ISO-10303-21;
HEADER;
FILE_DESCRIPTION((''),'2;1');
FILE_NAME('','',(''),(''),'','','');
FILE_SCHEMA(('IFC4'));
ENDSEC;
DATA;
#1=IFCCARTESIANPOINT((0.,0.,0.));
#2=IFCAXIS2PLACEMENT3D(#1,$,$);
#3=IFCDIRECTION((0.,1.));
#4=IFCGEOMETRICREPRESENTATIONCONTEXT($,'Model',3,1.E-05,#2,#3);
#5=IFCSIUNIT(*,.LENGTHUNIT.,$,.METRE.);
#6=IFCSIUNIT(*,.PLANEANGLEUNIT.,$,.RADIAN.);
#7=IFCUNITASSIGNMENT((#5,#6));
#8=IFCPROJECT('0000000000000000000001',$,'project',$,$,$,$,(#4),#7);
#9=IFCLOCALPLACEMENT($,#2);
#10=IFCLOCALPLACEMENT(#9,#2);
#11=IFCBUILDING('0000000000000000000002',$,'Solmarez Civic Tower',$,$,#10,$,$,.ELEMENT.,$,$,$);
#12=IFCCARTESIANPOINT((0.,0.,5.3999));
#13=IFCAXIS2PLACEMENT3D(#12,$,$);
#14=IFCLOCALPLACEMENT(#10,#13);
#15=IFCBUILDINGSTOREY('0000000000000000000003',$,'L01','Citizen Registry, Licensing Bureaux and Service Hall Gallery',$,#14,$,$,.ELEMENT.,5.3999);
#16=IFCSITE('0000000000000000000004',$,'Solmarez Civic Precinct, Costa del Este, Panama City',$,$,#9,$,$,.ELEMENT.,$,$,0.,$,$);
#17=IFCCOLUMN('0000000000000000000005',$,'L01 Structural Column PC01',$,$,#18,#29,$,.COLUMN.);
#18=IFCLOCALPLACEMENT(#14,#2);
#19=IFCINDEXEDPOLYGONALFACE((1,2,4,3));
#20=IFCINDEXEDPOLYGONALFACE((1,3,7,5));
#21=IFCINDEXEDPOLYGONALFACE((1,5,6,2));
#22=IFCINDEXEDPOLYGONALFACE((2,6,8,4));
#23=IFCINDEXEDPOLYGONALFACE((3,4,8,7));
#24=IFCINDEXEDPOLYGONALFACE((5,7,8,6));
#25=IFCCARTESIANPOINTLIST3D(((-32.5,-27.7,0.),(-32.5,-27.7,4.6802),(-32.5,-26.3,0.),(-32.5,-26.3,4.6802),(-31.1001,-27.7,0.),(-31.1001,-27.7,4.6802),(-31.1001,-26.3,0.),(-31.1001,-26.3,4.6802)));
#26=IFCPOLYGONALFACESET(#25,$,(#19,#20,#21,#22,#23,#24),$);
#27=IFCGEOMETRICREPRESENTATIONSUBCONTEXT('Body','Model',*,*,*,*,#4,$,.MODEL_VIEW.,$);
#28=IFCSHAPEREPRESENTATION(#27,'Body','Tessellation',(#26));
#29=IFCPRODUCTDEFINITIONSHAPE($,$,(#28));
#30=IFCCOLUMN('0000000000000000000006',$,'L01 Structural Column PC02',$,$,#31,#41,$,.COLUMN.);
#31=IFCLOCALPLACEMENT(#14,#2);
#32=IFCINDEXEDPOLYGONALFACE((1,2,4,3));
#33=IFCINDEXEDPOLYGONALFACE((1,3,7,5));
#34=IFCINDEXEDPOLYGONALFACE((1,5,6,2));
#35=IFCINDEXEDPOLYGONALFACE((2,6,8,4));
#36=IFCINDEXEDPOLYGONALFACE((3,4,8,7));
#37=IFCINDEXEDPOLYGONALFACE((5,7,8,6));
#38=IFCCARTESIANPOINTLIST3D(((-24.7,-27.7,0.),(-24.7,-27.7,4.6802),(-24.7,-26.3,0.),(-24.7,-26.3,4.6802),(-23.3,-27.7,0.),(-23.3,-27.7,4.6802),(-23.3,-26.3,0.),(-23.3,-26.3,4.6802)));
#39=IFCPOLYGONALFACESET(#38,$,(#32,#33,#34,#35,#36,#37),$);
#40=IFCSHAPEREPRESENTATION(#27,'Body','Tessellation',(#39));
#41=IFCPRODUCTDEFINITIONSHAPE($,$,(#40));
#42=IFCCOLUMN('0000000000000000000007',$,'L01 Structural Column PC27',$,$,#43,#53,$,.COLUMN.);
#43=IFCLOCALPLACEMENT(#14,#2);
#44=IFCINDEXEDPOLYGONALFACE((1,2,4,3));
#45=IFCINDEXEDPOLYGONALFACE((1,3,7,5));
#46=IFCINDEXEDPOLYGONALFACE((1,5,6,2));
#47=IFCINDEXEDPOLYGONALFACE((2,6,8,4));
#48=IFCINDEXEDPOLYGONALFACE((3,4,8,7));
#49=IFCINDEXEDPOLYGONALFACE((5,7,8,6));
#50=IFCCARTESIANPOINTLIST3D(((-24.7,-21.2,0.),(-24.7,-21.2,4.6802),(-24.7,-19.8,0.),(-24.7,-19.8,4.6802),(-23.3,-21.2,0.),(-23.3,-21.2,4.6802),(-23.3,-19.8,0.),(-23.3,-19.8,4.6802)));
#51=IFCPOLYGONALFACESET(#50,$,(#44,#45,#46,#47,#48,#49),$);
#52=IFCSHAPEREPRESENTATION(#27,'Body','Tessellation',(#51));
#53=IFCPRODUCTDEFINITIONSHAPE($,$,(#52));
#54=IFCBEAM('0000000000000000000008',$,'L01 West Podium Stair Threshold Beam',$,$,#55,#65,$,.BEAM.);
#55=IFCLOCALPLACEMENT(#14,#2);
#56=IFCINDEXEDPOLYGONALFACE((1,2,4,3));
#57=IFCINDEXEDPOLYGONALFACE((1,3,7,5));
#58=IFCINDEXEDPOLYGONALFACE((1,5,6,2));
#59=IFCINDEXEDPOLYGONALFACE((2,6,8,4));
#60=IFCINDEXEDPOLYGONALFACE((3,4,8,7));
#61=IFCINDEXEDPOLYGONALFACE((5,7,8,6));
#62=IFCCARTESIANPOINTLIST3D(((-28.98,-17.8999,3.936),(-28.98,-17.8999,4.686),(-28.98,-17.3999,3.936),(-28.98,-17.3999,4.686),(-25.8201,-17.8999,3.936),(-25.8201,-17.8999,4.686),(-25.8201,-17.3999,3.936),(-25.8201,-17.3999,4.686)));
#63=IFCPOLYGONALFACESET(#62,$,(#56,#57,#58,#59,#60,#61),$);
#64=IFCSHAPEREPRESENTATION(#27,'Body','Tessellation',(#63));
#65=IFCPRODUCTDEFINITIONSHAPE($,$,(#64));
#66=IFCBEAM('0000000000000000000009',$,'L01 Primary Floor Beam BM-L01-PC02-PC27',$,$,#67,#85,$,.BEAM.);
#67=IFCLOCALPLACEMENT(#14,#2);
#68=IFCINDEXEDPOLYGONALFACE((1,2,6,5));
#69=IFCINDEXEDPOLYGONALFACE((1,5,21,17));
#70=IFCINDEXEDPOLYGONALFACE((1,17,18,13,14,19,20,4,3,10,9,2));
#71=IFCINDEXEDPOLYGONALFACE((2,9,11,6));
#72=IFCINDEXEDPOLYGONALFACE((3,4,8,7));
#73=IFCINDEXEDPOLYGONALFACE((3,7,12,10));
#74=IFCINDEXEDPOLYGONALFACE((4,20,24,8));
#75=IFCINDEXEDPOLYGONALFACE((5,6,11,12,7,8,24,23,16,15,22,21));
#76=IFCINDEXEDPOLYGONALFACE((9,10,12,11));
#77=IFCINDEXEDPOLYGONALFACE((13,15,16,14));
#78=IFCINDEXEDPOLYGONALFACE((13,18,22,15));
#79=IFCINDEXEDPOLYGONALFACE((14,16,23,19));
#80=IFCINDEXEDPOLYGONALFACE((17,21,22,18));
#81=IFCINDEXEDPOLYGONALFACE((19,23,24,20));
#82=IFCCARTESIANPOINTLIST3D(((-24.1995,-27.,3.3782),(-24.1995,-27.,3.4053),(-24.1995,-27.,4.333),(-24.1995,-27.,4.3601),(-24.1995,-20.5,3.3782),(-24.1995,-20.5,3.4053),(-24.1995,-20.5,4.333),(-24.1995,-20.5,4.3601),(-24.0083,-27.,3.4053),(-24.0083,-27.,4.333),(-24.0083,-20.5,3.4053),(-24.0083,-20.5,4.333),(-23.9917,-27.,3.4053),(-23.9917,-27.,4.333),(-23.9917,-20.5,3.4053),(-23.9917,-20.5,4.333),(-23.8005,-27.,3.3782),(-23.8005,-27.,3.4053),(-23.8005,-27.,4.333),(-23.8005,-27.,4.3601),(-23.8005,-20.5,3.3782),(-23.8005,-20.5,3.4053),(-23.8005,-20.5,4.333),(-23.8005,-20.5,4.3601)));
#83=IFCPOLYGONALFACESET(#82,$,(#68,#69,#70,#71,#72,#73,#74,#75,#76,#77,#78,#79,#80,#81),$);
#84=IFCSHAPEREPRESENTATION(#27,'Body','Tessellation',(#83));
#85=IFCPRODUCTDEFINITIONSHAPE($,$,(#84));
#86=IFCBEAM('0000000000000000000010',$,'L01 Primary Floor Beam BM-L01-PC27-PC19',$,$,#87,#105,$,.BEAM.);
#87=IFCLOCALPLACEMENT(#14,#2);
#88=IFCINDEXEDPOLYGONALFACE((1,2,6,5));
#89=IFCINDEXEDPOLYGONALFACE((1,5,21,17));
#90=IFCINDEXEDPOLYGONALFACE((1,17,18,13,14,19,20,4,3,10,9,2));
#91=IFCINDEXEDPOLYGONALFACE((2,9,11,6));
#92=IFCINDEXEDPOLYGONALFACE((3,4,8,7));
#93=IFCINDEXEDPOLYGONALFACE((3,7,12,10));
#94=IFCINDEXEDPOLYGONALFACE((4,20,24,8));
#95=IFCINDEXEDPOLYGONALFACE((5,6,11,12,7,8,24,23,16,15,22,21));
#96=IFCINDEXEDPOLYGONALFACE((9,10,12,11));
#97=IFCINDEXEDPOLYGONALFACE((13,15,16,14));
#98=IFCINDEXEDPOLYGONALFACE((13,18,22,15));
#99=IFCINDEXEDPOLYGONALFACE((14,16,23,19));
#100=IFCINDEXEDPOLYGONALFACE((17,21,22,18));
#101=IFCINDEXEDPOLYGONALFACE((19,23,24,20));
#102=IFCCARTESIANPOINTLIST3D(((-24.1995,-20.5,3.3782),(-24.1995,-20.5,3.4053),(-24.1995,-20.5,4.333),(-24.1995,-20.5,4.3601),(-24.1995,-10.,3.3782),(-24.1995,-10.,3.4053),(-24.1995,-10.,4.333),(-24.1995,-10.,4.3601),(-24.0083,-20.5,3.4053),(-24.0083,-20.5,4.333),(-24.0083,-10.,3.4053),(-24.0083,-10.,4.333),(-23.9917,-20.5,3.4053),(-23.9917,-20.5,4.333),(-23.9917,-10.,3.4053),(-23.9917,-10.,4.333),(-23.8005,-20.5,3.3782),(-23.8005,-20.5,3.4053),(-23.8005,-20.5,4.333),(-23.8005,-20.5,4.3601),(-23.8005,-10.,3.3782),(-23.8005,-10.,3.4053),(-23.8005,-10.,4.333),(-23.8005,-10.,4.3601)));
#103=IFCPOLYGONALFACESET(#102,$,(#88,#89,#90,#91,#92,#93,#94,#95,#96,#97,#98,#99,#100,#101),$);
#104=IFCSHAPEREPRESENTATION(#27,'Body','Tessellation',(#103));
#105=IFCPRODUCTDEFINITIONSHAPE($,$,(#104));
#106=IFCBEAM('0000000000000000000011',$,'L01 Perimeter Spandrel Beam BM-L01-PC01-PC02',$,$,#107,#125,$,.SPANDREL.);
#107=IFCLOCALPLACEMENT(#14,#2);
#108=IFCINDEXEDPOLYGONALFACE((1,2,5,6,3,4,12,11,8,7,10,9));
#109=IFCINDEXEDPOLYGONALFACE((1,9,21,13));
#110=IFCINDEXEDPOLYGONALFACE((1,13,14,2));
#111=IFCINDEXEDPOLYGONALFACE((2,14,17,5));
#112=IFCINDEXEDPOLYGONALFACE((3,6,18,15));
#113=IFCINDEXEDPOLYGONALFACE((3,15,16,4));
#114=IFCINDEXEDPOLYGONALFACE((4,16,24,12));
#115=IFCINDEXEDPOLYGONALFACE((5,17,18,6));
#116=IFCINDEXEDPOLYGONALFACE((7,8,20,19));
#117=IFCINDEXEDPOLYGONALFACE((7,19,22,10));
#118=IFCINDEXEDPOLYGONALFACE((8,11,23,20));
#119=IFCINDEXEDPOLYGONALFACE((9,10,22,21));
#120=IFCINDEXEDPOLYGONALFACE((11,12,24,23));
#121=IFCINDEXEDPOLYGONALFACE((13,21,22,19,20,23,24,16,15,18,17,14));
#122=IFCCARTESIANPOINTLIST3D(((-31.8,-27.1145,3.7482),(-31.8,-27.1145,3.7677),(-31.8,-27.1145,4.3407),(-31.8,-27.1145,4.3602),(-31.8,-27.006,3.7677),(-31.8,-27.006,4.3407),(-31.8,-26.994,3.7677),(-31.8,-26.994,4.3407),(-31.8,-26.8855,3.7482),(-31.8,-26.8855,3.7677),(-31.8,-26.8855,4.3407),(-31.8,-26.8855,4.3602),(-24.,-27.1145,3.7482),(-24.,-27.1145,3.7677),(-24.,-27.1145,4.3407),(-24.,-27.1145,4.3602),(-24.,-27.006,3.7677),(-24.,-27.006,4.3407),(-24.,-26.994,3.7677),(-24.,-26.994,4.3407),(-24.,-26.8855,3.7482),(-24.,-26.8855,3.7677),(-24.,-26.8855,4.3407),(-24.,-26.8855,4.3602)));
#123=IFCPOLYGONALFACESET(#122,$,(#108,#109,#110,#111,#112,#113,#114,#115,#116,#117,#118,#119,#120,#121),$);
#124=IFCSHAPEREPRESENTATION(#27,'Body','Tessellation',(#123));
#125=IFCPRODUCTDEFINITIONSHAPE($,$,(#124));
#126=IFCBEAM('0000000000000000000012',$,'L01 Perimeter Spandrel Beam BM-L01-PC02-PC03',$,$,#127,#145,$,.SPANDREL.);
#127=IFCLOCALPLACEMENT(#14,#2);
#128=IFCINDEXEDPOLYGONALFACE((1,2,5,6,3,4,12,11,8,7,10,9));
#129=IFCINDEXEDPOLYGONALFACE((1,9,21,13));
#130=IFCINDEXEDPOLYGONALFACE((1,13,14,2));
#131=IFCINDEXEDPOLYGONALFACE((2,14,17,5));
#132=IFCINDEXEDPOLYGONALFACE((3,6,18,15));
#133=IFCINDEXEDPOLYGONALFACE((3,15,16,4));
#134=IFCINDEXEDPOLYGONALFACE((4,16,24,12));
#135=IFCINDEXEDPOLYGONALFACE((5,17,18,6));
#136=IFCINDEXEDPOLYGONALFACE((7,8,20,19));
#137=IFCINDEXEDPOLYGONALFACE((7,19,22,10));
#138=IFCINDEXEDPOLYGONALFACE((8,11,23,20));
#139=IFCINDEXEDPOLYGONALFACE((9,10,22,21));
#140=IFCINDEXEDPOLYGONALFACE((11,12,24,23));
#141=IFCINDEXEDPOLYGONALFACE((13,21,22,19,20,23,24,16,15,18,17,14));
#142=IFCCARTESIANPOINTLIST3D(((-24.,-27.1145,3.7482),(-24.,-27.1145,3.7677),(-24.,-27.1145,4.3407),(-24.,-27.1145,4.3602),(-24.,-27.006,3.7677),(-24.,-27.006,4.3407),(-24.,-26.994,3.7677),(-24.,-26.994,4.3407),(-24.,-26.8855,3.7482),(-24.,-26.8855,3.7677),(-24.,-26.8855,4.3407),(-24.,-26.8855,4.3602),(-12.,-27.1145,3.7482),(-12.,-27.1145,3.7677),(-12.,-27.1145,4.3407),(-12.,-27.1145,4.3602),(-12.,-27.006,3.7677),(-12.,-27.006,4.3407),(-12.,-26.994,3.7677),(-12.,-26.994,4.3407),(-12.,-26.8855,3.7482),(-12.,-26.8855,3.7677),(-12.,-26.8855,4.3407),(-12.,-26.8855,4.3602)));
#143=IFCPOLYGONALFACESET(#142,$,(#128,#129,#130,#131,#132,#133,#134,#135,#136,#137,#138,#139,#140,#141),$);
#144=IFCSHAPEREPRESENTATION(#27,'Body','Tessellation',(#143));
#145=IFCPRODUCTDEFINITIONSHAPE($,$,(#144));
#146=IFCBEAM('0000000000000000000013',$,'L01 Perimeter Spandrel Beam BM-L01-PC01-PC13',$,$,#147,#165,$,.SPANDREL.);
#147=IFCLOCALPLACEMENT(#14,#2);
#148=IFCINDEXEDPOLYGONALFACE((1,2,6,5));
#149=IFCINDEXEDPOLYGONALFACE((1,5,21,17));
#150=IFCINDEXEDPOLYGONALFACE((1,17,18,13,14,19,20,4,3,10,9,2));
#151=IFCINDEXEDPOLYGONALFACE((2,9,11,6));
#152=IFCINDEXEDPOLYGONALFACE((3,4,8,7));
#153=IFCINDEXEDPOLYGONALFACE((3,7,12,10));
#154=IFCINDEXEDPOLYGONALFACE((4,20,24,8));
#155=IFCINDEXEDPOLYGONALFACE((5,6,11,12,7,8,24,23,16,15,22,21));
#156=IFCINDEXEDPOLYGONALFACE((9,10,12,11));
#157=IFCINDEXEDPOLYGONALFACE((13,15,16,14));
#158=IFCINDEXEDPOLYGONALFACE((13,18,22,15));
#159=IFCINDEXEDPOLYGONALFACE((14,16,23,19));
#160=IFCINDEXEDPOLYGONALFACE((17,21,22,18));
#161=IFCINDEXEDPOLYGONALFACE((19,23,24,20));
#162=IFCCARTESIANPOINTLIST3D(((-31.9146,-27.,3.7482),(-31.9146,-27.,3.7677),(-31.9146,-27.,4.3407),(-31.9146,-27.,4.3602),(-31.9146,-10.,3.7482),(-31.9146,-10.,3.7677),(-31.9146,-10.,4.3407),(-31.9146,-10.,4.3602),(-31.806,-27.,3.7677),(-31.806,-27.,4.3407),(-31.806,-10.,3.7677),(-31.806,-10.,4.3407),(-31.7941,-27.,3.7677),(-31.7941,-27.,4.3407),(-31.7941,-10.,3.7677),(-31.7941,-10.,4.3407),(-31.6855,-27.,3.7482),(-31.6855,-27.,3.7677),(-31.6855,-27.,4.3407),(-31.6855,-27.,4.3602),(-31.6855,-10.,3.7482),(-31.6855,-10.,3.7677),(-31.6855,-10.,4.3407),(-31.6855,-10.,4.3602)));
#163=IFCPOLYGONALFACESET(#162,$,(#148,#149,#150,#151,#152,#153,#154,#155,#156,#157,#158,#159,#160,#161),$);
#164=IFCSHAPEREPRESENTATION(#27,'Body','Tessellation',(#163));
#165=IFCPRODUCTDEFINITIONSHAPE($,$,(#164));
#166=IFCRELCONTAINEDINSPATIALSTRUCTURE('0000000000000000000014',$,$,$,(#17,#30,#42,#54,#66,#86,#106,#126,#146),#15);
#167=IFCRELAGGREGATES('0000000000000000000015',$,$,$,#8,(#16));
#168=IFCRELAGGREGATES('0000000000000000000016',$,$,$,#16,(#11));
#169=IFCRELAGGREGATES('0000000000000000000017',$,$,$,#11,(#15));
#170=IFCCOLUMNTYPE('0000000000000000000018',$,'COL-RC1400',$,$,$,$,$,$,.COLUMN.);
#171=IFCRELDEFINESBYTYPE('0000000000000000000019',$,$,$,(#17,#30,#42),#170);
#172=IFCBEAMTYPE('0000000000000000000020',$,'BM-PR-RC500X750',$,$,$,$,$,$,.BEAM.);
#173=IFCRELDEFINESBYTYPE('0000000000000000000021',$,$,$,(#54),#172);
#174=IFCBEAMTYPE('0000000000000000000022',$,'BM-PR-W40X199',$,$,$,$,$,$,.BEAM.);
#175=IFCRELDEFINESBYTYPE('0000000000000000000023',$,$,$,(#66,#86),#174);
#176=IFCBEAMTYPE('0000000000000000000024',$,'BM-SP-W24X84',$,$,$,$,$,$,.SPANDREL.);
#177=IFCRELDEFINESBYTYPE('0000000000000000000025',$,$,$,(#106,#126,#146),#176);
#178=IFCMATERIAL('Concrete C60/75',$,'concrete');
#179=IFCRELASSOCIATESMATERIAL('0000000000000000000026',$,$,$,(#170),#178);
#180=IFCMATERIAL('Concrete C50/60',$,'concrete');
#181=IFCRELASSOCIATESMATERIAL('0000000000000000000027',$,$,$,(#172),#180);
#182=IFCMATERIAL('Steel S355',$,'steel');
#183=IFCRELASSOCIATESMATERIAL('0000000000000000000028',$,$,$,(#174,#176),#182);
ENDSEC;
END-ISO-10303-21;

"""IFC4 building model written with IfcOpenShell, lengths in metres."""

from ifc_helpers import new_model, si_unit, direction, frame, origin, origin_2d, place, context, subcontext, project, spatial, rectangle, i_section, extrude, material, material_profile, profile_set, type_object, element, save


model = new_model("IFC4")

# Units and contexts
model_context = context("Model", 3, precision=1e-05, world=origin(), true_north=direction((0.0, 1.0)))
body_context = subcontext(model_context, "Body", "Model", "MODEL_VIEW")
ifc_project = project(units=[si_unit("LENGTHUNIT", "METRE"), si_unit("PLANEANGLEUNIT", "RADIAN")], contexts=[model_context])

# Site, building, storey
site_placement = place(None, origin())
site = spatial("IfcSite", under=ifc_project, at=site_placement, Name="Solmarez Civic Precinct, Costa del Este, Panama City", CompositionType="ELEMENT", RefElevation=0.0)
building_placement = place(site_placement, origin())
building = spatial("IfcBuilding", under=site, at=building_placement, Name="Solmarez Civic Tower", CompositionType="ELEMENT")
storey_placement = place(building_placement, frame((0.0, 0.0, 5.3999)))
storey = spatial("IfcBuildingStorey", under=building, at=storey_placement, Name="L01", Description="Citizen Registry, Licensing Bureaux and Service Hall Gallery", CompositionType="ELEMENT", Elevation=5.3999)

# Columns
ifc_material_1 = material(Name="Concrete C60/75", Category="concrete")
ifc_material_profile_1 = material_profile(ifc_material_1, rectangle(XDim=1.3999, YDim=1.3999, at=origin_2d()), Name="RC1400X1400")
ifc_profile_set_1 = profile_set([ifc_material_profile_1], Name="Concrete C60/75")
column_type = type_object("IfcColumnType", Name="COL-RC1400", PredefinedType="COLUMN", material=ifc_profile_set_1)
for number, where, z_axis, x_axis, name in (
    (1, (-31.8, -27.0, 0.0), (0.0, 0.0, 1.0), (1.0, 0.0, 0.0), "L01 Structural Column PC01"),
    (2, (-24.0, -27.0, 0.0), (0.0, 0.0, 1.0), (1.0, 0.0, 0.0), "L01 Structural Column PC02"),
    (3, (-24.0, -20.5, 0.0), (0.0, 0.0, 1.0), (1.0, 0.0, 0.0), "L01 Structural Column PC27"),
):
    element("IfcColumn", number, at=place(storey_placement, frame(where, z_axis=z_axis, x_axis=x_axis)), inside=storey, type_object=column_type, Name=name, PredefinedType="COLUMN", context=body_context, shape_type="SweptSolid", body=[
        extrude(rectangle(XDim=1.3999, YDim=1.3999, at=origin_2d()), origin(), (0.0, 0.0, 1.0), 4.6802),
    ])

# Beams
ifc_material_2 = material(Name="Concrete C50/60", Category="concrete")
ifc_material_profile_2 = material_profile(ifc_material_2, rectangle(XDim=0.5, YDim=0.75, at=origin_2d()), Name="RC500X750")
ifc_profile_set_2 = profile_set([ifc_material_profile_2], Name="Concrete C50/60")
beam_type_1 = type_object("IfcBeamType", Name="BM-PR-RC500X750", PredefinedType="BEAM", material=ifc_profile_set_2)
beam_1_placement = place(storey_placement, frame((-28.98, -17.6499, 4.311), z_axis=(1.0, 0.0, 0.0), x_axis=(0.0, 1.0, 0.0)))
element("IfcBeam", 4, at=beam_1_placement, inside=storey, type_object=beam_type_1, Name="L01 West Podium Stair Threshold Beam", PredefinedType="BEAM", context=body_context, shape_type="SweptSolid", body=[
    extrude(rectangle(XDim=0.5, YDim=0.75, at=origin_2d()), origin(), (0.0, 0.0, 1.0), 3.1599),
])
ifc_material_3 = material(Name="Steel S355", Category="steel")
ifc_material_profile_3 = material_profile(ifc_material_3, i_section(OverallWidth=0.3989, OverallDepth=0.9819, WebThickness=0.0166, FlangeThickness=0.0271, at=origin_2d()), Name="W40X199")
ifc_profile_set_3 = profile_set([ifc_material_profile_3], Name="Steel S355")
beam_type_2 = type_object("IfcBeamType", Name="BM-PR-W40X199", PredefinedType="BEAM", material=ifc_profile_set_3)
beam_2_placement = place(storey_placement, frame((-24.0, -27.0, 3.8691), z_axis=(0.0, 1.0, 0.0), x_axis=(-1.0, 0.0, 0.0)))
element("IfcBeam", 5, at=beam_2_placement, inside=storey, type_object=beam_type_2, Name="L01 Primary Floor Beam BM-L01-PC02-PC27", PredefinedType="BEAM", context=body_context, shape_type="SweptSolid", body=[
    extrude(i_section(OverallWidth=0.3989, OverallDepth=0.9819, WebThickness=0.0166, FlangeThickness=0.0271, at=origin_2d()), origin(), (0.0, 0.0, 1.0), 6.5),
])
beam_3_placement = place(storey_placement, frame((-24.0, -20.5, 3.8691), z_axis=(0.0, 1.0, 0.0), x_axis=(-1.0, 0.0, 0.0)))
element("IfcBeam", 6, at=beam_3_placement, inside=storey, type_object=beam_type_2, Name="L01 Primary Floor Beam BM-L01-PC27-PC19", PredefinedType="BEAM", context=body_context, shape_type="SweptSolid", body=[
    extrude(i_section(OverallWidth=0.3989, OverallDepth=0.9819, WebThickness=0.0166, FlangeThickness=0.0271, at=origin_2d()), origin(), (0.0, 0.0, 1.0), 10.5),
])
ifc_material_profile_4 = material_profile(ifc_material_3, i_section(OverallWidth=0.229, OverallDepth=0.6121, WebThickness=0.012, FlangeThickness=0.0195, at=origin_2d()), Name="W24X84")
ifc_profile_set_4 = profile_set([ifc_material_profile_4], Name="Steel S355")
beam_type_3 = type_object("IfcBeamType", Name="BM-SP-W24X84", PredefinedType="SPANDREL", material=ifc_profile_set_4)
beam_4_placement = place(storey_placement, frame((-31.8, -27.0, 4.0542), z_axis=(1.0, 0.0, 0.0), x_axis=(0.0, 1.0, 0.0)))
element("IfcBeam", 7, at=beam_4_placement, inside=storey, type_object=beam_type_3, Name="L01 Perimeter Spandrel Beam BM-L01-PC01-PC02", PredefinedType="SPANDREL", context=body_context, shape_type="SweptSolid", body=[
    extrude(i_section(OverallWidth=0.229, OverallDepth=0.6121, WebThickness=0.012, FlangeThickness=0.0195, at=origin_2d()), origin(), (0.0, 0.0, 1.0), 7.8),
])
beam_5_placement = place(storey_placement, frame((-24.0, -27.0, 4.0542), z_axis=(1.0, 0.0, 0.0), x_axis=(0.0, 1.0, 0.0)))
element("IfcBeam", 8, at=beam_5_placement, inside=storey, type_object=beam_type_3, Name="L01 Perimeter Spandrel Beam BM-L01-PC02-PC03", PredefinedType="SPANDREL", context=body_context, shape_type="SweptSolid", body=[
    extrude(i_section(OverallWidth=0.229, OverallDepth=0.6121, WebThickness=0.012, FlangeThickness=0.0195, at=origin_2d()), origin(), (0.0, 0.0, 1.0), 12.0),
])
beam_6_placement = place(storey_placement, frame((-31.8, -27.0, 4.0542), z_axis=(0.0, 1.0, 0.0), x_axis=(-1.0, 0.0, 0.0)))
element("IfcBeam", 9, at=beam_6_placement, inside=storey, type_object=beam_type_3, Name="L01 Perimeter Spandrel Beam BM-L01-PC01-PC13", PredefinedType="SPANDREL", context=body_context, shape_type="SweptSolid", body=[
    extrude(i_section(OverallWidth=0.229, OverallDepth=0.6121, WebThickness=0.012, FlangeThickness=0.0195, at=origin_2d()), origin(), (0.0, 0.0, 1.0), 17.0),
])

save(model, "model.ifc")
